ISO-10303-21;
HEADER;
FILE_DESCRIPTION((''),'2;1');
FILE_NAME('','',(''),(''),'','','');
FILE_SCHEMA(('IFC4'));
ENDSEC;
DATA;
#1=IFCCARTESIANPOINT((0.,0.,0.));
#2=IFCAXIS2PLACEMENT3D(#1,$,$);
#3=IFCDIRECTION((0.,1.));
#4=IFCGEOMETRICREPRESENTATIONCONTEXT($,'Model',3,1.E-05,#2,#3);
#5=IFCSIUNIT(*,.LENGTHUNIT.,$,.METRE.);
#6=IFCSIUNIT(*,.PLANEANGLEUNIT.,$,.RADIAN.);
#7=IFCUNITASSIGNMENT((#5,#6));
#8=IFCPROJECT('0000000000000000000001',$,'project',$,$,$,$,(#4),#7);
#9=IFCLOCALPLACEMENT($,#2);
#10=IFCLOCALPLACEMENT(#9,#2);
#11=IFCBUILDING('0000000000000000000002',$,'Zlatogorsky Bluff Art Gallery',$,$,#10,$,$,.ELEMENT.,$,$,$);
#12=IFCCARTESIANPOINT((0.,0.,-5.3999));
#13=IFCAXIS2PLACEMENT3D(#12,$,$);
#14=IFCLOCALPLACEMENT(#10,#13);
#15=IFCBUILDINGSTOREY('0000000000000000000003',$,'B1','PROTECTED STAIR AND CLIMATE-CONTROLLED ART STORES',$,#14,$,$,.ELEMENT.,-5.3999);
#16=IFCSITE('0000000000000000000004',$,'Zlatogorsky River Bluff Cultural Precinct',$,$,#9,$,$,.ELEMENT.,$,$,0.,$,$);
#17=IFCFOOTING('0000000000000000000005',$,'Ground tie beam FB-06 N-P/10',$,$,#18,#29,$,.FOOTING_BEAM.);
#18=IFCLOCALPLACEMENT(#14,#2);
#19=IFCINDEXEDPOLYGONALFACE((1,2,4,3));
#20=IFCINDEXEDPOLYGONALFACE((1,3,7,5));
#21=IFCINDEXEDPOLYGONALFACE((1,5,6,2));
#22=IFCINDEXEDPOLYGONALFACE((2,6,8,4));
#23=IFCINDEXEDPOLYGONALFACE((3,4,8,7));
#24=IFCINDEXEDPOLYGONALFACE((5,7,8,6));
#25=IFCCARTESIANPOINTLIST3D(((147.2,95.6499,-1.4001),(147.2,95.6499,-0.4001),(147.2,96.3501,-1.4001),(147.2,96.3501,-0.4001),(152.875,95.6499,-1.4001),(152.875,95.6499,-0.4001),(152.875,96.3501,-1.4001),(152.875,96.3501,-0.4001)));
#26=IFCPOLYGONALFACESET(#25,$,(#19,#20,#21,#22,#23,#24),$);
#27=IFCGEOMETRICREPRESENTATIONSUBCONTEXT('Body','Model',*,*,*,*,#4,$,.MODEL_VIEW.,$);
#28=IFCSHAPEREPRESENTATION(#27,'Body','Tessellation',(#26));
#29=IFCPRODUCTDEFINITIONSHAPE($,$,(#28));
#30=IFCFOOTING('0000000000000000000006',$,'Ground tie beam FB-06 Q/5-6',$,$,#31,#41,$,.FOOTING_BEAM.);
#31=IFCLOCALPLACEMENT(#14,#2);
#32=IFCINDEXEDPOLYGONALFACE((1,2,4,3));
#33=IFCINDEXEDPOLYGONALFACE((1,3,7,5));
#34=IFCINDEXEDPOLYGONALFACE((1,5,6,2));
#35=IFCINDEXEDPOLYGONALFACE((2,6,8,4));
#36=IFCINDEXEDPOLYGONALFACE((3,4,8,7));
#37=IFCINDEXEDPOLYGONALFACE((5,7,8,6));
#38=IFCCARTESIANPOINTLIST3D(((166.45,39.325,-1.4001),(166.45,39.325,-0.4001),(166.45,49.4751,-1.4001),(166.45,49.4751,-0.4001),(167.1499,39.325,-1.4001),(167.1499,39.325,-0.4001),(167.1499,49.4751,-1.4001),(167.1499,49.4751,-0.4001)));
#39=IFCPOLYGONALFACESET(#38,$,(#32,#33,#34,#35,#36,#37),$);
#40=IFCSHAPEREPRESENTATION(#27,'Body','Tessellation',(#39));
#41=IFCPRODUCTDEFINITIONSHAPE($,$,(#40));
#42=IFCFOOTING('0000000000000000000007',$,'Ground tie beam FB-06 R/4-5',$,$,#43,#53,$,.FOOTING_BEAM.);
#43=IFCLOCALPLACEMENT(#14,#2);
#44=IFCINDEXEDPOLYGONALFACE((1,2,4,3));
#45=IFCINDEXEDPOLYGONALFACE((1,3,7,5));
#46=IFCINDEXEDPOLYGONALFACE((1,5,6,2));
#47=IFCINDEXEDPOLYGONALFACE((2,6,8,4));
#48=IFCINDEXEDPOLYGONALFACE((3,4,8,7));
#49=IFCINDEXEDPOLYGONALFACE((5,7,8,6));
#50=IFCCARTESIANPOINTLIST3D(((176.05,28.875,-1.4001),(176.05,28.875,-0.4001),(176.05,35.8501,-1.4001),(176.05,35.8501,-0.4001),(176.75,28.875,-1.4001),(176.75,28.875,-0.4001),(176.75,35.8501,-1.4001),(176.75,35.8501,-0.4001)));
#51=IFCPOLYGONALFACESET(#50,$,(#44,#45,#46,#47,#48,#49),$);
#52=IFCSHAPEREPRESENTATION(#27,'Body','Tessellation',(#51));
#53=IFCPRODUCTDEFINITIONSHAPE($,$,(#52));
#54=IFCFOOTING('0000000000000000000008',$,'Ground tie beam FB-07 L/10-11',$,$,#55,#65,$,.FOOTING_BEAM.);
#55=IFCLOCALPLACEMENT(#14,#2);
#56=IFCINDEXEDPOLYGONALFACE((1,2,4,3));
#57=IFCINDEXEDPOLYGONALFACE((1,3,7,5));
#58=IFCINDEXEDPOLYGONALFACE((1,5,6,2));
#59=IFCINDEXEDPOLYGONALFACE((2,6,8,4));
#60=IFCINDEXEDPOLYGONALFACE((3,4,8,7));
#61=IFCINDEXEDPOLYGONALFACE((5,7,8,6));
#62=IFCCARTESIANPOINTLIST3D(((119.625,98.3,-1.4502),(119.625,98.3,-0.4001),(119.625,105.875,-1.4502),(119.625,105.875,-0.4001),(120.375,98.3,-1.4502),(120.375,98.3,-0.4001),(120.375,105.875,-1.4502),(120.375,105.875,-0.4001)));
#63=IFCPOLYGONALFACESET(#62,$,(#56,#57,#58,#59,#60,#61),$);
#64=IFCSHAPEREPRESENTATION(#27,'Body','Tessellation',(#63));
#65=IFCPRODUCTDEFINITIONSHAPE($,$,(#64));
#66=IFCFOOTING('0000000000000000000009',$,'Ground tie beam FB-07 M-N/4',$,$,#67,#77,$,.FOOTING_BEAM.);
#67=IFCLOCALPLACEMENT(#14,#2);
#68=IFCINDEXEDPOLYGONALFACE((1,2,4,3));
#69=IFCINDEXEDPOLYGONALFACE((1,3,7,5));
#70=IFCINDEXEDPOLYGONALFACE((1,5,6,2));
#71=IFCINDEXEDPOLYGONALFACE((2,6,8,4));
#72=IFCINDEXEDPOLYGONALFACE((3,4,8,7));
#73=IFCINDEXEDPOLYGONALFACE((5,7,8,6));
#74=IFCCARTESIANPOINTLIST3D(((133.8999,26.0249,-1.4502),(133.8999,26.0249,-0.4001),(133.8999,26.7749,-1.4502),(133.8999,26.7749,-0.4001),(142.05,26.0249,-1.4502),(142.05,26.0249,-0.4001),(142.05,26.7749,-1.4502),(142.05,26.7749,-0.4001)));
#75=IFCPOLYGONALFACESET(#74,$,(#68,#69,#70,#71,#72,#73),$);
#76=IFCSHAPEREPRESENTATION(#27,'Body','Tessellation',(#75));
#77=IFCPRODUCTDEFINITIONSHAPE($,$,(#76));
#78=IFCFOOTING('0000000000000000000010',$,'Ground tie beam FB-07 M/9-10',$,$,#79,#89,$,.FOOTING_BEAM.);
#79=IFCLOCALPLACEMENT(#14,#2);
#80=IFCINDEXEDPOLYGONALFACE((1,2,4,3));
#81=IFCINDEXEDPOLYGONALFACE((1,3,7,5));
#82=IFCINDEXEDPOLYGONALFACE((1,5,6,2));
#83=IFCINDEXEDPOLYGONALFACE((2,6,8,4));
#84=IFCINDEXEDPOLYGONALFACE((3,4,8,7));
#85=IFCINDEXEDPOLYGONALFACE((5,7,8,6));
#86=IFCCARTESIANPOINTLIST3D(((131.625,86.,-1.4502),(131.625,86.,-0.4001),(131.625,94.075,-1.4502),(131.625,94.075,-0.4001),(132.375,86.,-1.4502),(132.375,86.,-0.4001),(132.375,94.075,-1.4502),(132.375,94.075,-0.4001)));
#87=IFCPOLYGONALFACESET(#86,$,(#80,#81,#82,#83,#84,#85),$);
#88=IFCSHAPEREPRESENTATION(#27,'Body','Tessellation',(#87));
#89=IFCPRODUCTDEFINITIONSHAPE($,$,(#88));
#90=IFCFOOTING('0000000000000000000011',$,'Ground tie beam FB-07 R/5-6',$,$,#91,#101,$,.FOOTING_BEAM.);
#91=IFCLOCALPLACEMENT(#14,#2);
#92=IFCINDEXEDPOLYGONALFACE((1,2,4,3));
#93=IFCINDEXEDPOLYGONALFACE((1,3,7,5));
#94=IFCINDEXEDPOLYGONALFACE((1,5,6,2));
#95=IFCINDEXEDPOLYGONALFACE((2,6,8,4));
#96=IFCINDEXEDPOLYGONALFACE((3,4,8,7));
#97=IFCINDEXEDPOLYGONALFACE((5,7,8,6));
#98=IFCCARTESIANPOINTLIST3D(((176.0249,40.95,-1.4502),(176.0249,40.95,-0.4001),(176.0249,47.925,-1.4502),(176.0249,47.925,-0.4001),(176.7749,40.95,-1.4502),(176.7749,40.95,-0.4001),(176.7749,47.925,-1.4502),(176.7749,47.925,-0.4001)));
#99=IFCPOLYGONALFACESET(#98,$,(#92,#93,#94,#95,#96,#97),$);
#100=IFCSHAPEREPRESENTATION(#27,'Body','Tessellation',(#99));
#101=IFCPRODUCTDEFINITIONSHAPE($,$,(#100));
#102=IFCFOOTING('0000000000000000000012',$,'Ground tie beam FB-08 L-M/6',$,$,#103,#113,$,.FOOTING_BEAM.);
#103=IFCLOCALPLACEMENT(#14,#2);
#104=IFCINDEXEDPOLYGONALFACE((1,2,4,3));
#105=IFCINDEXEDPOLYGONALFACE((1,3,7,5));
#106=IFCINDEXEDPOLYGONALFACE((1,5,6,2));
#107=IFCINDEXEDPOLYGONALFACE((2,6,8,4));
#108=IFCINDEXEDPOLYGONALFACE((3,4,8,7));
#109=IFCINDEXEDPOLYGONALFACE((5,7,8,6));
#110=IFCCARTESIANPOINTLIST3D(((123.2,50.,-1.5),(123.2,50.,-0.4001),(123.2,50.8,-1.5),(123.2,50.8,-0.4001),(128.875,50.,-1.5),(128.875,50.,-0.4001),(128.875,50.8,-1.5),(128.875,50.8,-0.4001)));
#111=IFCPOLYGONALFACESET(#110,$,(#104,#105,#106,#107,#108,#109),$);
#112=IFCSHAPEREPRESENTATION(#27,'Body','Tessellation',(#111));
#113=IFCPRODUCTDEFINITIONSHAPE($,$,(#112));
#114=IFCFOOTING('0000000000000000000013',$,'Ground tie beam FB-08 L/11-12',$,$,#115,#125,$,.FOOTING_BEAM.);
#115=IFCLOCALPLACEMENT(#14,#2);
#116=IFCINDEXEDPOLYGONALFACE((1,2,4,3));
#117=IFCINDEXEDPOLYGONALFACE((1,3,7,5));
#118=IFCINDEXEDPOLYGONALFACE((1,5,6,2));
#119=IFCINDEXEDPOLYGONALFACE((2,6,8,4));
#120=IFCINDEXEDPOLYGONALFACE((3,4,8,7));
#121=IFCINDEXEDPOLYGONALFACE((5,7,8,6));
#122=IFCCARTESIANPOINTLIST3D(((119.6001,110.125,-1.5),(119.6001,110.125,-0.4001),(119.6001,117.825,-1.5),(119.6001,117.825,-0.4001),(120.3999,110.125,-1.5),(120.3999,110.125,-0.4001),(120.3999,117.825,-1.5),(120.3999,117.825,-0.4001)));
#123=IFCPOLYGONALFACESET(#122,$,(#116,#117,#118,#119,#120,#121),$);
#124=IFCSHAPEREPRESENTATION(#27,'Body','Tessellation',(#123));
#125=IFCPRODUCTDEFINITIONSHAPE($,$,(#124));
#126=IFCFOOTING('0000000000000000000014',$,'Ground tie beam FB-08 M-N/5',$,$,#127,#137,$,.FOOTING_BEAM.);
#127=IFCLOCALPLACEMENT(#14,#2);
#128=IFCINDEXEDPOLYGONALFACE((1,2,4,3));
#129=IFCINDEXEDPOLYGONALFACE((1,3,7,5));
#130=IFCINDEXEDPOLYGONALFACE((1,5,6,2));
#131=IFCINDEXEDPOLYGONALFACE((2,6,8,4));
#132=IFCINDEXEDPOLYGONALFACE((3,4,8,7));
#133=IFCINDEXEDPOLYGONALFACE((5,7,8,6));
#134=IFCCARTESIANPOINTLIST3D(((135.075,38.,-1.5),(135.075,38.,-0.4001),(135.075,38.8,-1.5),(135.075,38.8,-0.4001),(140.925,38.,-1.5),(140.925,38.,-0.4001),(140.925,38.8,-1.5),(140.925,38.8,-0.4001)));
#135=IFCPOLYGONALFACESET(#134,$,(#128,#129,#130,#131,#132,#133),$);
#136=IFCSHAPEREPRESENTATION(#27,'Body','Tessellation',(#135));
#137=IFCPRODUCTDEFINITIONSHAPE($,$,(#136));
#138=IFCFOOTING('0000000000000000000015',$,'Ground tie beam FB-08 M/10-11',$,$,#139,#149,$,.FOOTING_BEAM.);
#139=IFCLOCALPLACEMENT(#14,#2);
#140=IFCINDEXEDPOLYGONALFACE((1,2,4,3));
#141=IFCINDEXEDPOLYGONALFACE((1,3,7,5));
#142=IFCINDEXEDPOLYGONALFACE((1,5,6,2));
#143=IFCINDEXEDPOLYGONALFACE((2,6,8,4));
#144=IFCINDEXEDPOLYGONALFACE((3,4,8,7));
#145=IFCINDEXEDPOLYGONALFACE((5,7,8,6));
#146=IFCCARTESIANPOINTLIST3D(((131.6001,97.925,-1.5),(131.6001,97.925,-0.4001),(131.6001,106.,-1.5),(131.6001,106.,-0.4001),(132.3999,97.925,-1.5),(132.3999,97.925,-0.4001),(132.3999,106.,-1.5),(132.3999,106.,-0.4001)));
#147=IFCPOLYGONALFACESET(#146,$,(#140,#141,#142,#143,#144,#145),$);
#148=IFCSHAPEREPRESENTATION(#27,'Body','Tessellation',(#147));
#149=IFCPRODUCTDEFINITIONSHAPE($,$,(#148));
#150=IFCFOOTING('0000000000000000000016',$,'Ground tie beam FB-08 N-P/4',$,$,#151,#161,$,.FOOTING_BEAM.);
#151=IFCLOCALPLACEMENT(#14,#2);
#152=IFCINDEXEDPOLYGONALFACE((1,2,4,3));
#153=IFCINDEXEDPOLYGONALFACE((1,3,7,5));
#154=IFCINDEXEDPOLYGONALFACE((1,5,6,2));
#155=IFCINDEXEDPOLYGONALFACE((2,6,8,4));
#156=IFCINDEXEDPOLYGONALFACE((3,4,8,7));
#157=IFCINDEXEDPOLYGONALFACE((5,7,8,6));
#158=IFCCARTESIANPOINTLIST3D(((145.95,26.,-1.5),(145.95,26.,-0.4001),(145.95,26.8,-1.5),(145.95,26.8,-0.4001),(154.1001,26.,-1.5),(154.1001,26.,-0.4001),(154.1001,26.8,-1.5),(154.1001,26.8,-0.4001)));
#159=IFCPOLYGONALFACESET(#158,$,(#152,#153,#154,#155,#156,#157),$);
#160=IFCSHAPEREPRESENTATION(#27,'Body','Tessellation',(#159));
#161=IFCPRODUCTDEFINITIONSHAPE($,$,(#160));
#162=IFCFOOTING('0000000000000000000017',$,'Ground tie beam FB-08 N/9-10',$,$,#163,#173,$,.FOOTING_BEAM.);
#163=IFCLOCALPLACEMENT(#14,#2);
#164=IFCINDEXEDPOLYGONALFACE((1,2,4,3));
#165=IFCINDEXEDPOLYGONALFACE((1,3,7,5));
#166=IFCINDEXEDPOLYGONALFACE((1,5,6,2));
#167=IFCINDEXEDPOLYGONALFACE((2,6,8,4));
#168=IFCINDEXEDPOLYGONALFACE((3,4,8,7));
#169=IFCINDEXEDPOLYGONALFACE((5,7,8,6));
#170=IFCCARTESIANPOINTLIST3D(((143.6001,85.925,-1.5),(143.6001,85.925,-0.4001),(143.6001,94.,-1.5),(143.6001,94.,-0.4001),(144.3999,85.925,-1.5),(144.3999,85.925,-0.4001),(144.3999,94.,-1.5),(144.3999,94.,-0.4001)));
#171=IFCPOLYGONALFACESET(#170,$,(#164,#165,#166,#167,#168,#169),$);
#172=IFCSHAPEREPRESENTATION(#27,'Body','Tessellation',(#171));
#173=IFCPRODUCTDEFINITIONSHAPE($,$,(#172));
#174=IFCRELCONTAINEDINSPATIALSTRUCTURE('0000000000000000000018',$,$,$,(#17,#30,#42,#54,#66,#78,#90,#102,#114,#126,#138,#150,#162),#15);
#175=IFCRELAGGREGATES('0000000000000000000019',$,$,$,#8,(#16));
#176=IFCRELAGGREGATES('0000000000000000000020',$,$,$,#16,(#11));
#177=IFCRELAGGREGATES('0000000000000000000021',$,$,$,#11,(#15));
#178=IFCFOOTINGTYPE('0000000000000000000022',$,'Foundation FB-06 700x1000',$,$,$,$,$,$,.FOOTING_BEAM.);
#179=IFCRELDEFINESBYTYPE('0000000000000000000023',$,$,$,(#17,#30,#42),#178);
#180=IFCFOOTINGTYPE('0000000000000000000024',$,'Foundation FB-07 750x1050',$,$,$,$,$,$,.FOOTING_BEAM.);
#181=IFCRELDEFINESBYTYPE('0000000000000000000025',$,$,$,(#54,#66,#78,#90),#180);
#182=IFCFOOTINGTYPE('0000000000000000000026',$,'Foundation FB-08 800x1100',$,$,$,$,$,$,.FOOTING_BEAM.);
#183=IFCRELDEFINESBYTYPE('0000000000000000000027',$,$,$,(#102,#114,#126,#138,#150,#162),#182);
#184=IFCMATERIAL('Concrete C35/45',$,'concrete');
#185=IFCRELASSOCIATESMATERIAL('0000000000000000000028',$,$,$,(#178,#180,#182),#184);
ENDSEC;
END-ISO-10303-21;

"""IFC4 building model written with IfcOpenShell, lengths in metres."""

from ifc_helpers import new_model, si_unit, direction, frame, origin, place, context, subcontext, project, spatial, polyline, outline, extrude, material, type_object, element, save


model = new_model("IFC4")

# Units and contexts
model_context = context("Model", 3, precision=1e-05, world=origin(), true_north=direction((0.0, 1.0)))
body_context = subcontext(model_context, "Body", "Model", "MODEL_VIEW")
ifc_project = project(units=[si_unit("LENGTHUNIT", "METRE"), si_unit("PLANEANGLEUNIT", "RADIAN")], contexts=[model_context])

# Site, building, storey
site_placement = place(None, origin())
site = spatial("IfcSite", under=ifc_project, at=site_placement, Name="Zlatogorsky River Bluff Cultural Precinct", CompositionType="ELEMENT", RefElevation=0.0)
building_placement = place(site_placement, origin())
building = spatial("IfcBuilding", under=site, at=building_placement, Name="Zlatogorsky Bluff Art Gallery", CompositionType="ELEMENT")
storey_placement = place(building_placement, frame((0.0, 0.0, -5.3999)))
storey = spatial("IfcBuildingStorey", under=building, at=storey_placement, Name="B1", Description="PROTECTED STAIR AND CLIMATE-CONTROLLED ART STORES", CompositionType="ELEMENT", Elevation=-5.3999)

# Footings
ifc_material = material(Name="Concrete C35/45", Category="concrete")
footing_type_1 = type_object("IfcFootingType", Name="Foundation FB-06 700x1000", PredefinedType="FOOTING_BEAM", material=ifc_material)
footing_1_placement = place(storey_placement, frame((0.0, 0.0, -1.4001)))
element("IfcFooting", 1, at=footing_1_placement, inside=storey, type_object=footing_type_1, Name="Ground tie beam FB-06 N-P/10", PredefinedType="FOOTING_BEAM", context=body_context, shape_type="SweptSolid", body=[
    extrude(outline(polyline([(147.2, 95.6499), (152.875, 95.6499), (152.875, 96.3501), (147.2, 96.3501), (147.2, 95.6499)])), origin(), (0.0, 0.0, 1.0), 1.0),
])
footing_2_placement = place(storey_placement, frame((0.0, 0.0, -1.4001)))
element("IfcFooting", 2, at=footing_2_placement, inside=storey, type_object=footing_type_1, Name="Ground tie beam FB-06 Q/5-6", PredefinedType="FOOTING_BEAM", context=body_context, shape_type="SweptSolid", body=[
    extrude(outline(polyline([(166.45, 39.325), (167.1499, 39.325), (167.1499, 49.4751), (166.45, 49.4751), (166.45, 39.325)])), origin(), (0.0, 0.0, 1.0), 1.0),
])
footing_3_placement = place(storey_placement, frame((0.0, 0.0, -1.4001)))
element("IfcFooting", 3, at=footing_3_placement, inside=storey, type_object=footing_type_1, Name="Ground tie beam FB-06 R/4-5", PredefinedType="FOOTING_BEAM", context=body_context, shape_type="SweptSolid", body=[
    extrude(outline(polyline([(176.05, 28.875), (176.75, 28.875), (176.75, 35.8501), (176.05, 35.8501), (176.05, 28.875)])), origin(), (0.0, 0.0, 1.0), 1.0),
])
footing_type_2 = type_object("IfcFootingType", Name="Foundation FB-07 750x1050", PredefinedType="FOOTING_BEAM", material=ifc_material)
footing_4_placement = place(storey_placement, frame((0.0, 0.0, -1.4502)))
element("IfcFooting", 4, at=footing_4_placement, inside=storey, type_object=footing_type_2, Name="Ground tie beam FB-07 L/10-11", PredefinedType="FOOTING_BEAM", context=body_context, shape_type="SweptSolid", body=[
    extrude(outline(polyline([(119.625, 98.3), (120.375, 98.3), (120.375, 105.875), (119.625, 105.875), (119.625, 98.3)])), origin(), (0.0, 0.0, 1.0), 1.05),
])
footing_5_placement = place(storey_placement, frame((0.0, 0.0, -1.4502)))
element("IfcFooting", 5, at=footing_5_placement, inside=storey, type_object=footing_type_2, Name="Ground tie beam FB-07 M-N/4", PredefinedType="FOOTING_BEAM", context=body_context, shape_type="SweptSolid", body=[
    extrude(outline(polyline([(133.8999, 26.0249), (142.05, 26.0249), (142.05, 26.7749), (133.8999, 26.7749), (133.8999, 26.0249)])), origin(), (0.0, 0.0, 1.0), 1.05),
])
footing_6_placement = place(storey_placement, frame((0.0, 0.0, -1.4502)))
element("IfcFooting", 6, at=footing_6_placement, inside=storey, type_object=footing_type_2, Name="Ground tie beam FB-07 M/9-10", PredefinedType="FOOTING_BEAM", context=body_context, shape_type="SweptSolid", body=[
    extrude(outline(polyline([(131.625, 86.0), (132.375, 86.0), (132.375, 94.075), (131.625, 94.075), (131.625, 86.0)])), origin(), (0.0, 0.0, 1.0), 1.05),
])
footing_7_placement = place(storey_placement, frame((0.0, 0.0, -1.4502)))
element("IfcFooting", 7, at=footing_7_placement, inside=storey, type_object=footing_type_2, Name="Ground tie beam FB-07 R/5-6", PredefinedType="FOOTING_BEAM", context=body_context, shape_type="SweptSolid", body=[
    extrude(outline(polyline([(176.0249, 40.95), (176.7749, 40.95), (176.7749, 47.925), (176.0249, 47.925), (176.0249, 40.95)])), origin(), (0.0, 0.0, 1.0), 1.05),
])
footing_type_3 = type_object("IfcFootingType", Name="Foundation FB-08 800x1100", PredefinedType="FOOTING_BEAM", material=ifc_material)
footing_8_placement = place(storey_placement, frame((0.0, 0.0, -1.5)))
element("IfcFooting", 8, at=footing_8_placement, inside=storey, type_object=footing_type_3, Name="Ground tie beam FB-08 L-M/6", PredefinedType="FOOTING_BEAM", context=body_context, shape_type="SweptSolid", body=[
    extrude(outline(polyline([(123.2, 50.0), (128.875, 50.0), (128.875, 50.8), (123.2, 50.8), (123.2, 50.0)])), origin(), (0.0, 0.0, 1.0), 1.0999),
])
footing_9_placement = place(storey_placement, frame((0.0, 0.0, -1.5)))
element("IfcFooting", 9, at=footing_9_placement, inside=storey, type_object=footing_type_3, Name="Ground tie beam FB-08 L/11-12", PredefinedType="FOOTING_BEAM", context=body_context, shape_type="SweptSolid", body=[
    extrude(outline(polyline([(119.6001, 110.125), (120.3999, 110.125), (120.3999, 117.825), (119.6001, 117.825), (119.6001, 110.125)])), origin(), (0.0, 0.0, 1.0), 1.0999),
])
footing_10_placement = place(storey_placement, frame((0.0, 0.0, -1.5)))
element("IfcFooting", 10, at=footing_10_placement, inside=storey, type_object=footing_type_3, Name="Ground tie beam FB-08 M-N/5", PredefinedType="FOOTING_BEAM", context=body_context, shape_type="SweptSolid", body=[
    extrude(outline(polyline([(135.075, 38.0), (140.925, 38.0), (140.925, 38.8), (135.075, 38.8), (135.075, 38.0)])), origin(), (0.0, 0.0, 1.0), 1.0999),
])
footing_11_placement = place(storey_placement, frame((0.0, 0.0, -1.5)))
element("IfcFooting", 11, at=footing_11_placement, inside=storey, type_object=footing_type_3, Name="Ground tie beam FB-08 M/10-11", PredefinedType="FOOTING_BEAM", context=body_context, shape_type="SweptSolid", body=[
    extrude(outline(polyline([(131.6001, 97.925), (132.3999, 97.925), (132.3999, 106.0), (131.6001, 106.0), (131.6001, 97.925)])), origin(), (0.0, 0.0, 1.0), 1.0999),
])
footing_12_placement = place(storey_placement, frame((0.0, 0.0, -1.5)))
element("IfcFooting", 12, at=footing_12_placement, inside=storey, type_object=footing_type_3, Name="Ground tie beam FB-08 N-P/4", PredefinedType="FOOTING_BEAM", context=body_context, shape_type="SweptSolid", body=[
    extrude(outline(polyline([(145.95, 26.0), (154.1001, 26.0), (154.1001, 26.8), (145.95, 26.8), (145.95, 26.0)])), origin(), (0.0, 0.0, 1.0), 1.0999),
])
footing_13_placement = place(storey_placement, frame((0.0, 0.0, -1.5)))
element("IfcFooting", 13, at=footing_13_placement, inside=storey, type_object=footing_type_3, Name="Ground tie beam FB-08 N/9-10", PredefinedType="FOOTING_BEAM", context=body_context, shape_type="SweptSolid", body=[
    extrude(outline(polyline([(143.6001, 85.925), (144.3999, 85.925), (144.3999, 94.0), (143.6001, 94.0), (143.6001, 85.925)])), origin(), (0.0, 0.0, 1.0), 1.0999),
])

save(model, "model.ifc")
